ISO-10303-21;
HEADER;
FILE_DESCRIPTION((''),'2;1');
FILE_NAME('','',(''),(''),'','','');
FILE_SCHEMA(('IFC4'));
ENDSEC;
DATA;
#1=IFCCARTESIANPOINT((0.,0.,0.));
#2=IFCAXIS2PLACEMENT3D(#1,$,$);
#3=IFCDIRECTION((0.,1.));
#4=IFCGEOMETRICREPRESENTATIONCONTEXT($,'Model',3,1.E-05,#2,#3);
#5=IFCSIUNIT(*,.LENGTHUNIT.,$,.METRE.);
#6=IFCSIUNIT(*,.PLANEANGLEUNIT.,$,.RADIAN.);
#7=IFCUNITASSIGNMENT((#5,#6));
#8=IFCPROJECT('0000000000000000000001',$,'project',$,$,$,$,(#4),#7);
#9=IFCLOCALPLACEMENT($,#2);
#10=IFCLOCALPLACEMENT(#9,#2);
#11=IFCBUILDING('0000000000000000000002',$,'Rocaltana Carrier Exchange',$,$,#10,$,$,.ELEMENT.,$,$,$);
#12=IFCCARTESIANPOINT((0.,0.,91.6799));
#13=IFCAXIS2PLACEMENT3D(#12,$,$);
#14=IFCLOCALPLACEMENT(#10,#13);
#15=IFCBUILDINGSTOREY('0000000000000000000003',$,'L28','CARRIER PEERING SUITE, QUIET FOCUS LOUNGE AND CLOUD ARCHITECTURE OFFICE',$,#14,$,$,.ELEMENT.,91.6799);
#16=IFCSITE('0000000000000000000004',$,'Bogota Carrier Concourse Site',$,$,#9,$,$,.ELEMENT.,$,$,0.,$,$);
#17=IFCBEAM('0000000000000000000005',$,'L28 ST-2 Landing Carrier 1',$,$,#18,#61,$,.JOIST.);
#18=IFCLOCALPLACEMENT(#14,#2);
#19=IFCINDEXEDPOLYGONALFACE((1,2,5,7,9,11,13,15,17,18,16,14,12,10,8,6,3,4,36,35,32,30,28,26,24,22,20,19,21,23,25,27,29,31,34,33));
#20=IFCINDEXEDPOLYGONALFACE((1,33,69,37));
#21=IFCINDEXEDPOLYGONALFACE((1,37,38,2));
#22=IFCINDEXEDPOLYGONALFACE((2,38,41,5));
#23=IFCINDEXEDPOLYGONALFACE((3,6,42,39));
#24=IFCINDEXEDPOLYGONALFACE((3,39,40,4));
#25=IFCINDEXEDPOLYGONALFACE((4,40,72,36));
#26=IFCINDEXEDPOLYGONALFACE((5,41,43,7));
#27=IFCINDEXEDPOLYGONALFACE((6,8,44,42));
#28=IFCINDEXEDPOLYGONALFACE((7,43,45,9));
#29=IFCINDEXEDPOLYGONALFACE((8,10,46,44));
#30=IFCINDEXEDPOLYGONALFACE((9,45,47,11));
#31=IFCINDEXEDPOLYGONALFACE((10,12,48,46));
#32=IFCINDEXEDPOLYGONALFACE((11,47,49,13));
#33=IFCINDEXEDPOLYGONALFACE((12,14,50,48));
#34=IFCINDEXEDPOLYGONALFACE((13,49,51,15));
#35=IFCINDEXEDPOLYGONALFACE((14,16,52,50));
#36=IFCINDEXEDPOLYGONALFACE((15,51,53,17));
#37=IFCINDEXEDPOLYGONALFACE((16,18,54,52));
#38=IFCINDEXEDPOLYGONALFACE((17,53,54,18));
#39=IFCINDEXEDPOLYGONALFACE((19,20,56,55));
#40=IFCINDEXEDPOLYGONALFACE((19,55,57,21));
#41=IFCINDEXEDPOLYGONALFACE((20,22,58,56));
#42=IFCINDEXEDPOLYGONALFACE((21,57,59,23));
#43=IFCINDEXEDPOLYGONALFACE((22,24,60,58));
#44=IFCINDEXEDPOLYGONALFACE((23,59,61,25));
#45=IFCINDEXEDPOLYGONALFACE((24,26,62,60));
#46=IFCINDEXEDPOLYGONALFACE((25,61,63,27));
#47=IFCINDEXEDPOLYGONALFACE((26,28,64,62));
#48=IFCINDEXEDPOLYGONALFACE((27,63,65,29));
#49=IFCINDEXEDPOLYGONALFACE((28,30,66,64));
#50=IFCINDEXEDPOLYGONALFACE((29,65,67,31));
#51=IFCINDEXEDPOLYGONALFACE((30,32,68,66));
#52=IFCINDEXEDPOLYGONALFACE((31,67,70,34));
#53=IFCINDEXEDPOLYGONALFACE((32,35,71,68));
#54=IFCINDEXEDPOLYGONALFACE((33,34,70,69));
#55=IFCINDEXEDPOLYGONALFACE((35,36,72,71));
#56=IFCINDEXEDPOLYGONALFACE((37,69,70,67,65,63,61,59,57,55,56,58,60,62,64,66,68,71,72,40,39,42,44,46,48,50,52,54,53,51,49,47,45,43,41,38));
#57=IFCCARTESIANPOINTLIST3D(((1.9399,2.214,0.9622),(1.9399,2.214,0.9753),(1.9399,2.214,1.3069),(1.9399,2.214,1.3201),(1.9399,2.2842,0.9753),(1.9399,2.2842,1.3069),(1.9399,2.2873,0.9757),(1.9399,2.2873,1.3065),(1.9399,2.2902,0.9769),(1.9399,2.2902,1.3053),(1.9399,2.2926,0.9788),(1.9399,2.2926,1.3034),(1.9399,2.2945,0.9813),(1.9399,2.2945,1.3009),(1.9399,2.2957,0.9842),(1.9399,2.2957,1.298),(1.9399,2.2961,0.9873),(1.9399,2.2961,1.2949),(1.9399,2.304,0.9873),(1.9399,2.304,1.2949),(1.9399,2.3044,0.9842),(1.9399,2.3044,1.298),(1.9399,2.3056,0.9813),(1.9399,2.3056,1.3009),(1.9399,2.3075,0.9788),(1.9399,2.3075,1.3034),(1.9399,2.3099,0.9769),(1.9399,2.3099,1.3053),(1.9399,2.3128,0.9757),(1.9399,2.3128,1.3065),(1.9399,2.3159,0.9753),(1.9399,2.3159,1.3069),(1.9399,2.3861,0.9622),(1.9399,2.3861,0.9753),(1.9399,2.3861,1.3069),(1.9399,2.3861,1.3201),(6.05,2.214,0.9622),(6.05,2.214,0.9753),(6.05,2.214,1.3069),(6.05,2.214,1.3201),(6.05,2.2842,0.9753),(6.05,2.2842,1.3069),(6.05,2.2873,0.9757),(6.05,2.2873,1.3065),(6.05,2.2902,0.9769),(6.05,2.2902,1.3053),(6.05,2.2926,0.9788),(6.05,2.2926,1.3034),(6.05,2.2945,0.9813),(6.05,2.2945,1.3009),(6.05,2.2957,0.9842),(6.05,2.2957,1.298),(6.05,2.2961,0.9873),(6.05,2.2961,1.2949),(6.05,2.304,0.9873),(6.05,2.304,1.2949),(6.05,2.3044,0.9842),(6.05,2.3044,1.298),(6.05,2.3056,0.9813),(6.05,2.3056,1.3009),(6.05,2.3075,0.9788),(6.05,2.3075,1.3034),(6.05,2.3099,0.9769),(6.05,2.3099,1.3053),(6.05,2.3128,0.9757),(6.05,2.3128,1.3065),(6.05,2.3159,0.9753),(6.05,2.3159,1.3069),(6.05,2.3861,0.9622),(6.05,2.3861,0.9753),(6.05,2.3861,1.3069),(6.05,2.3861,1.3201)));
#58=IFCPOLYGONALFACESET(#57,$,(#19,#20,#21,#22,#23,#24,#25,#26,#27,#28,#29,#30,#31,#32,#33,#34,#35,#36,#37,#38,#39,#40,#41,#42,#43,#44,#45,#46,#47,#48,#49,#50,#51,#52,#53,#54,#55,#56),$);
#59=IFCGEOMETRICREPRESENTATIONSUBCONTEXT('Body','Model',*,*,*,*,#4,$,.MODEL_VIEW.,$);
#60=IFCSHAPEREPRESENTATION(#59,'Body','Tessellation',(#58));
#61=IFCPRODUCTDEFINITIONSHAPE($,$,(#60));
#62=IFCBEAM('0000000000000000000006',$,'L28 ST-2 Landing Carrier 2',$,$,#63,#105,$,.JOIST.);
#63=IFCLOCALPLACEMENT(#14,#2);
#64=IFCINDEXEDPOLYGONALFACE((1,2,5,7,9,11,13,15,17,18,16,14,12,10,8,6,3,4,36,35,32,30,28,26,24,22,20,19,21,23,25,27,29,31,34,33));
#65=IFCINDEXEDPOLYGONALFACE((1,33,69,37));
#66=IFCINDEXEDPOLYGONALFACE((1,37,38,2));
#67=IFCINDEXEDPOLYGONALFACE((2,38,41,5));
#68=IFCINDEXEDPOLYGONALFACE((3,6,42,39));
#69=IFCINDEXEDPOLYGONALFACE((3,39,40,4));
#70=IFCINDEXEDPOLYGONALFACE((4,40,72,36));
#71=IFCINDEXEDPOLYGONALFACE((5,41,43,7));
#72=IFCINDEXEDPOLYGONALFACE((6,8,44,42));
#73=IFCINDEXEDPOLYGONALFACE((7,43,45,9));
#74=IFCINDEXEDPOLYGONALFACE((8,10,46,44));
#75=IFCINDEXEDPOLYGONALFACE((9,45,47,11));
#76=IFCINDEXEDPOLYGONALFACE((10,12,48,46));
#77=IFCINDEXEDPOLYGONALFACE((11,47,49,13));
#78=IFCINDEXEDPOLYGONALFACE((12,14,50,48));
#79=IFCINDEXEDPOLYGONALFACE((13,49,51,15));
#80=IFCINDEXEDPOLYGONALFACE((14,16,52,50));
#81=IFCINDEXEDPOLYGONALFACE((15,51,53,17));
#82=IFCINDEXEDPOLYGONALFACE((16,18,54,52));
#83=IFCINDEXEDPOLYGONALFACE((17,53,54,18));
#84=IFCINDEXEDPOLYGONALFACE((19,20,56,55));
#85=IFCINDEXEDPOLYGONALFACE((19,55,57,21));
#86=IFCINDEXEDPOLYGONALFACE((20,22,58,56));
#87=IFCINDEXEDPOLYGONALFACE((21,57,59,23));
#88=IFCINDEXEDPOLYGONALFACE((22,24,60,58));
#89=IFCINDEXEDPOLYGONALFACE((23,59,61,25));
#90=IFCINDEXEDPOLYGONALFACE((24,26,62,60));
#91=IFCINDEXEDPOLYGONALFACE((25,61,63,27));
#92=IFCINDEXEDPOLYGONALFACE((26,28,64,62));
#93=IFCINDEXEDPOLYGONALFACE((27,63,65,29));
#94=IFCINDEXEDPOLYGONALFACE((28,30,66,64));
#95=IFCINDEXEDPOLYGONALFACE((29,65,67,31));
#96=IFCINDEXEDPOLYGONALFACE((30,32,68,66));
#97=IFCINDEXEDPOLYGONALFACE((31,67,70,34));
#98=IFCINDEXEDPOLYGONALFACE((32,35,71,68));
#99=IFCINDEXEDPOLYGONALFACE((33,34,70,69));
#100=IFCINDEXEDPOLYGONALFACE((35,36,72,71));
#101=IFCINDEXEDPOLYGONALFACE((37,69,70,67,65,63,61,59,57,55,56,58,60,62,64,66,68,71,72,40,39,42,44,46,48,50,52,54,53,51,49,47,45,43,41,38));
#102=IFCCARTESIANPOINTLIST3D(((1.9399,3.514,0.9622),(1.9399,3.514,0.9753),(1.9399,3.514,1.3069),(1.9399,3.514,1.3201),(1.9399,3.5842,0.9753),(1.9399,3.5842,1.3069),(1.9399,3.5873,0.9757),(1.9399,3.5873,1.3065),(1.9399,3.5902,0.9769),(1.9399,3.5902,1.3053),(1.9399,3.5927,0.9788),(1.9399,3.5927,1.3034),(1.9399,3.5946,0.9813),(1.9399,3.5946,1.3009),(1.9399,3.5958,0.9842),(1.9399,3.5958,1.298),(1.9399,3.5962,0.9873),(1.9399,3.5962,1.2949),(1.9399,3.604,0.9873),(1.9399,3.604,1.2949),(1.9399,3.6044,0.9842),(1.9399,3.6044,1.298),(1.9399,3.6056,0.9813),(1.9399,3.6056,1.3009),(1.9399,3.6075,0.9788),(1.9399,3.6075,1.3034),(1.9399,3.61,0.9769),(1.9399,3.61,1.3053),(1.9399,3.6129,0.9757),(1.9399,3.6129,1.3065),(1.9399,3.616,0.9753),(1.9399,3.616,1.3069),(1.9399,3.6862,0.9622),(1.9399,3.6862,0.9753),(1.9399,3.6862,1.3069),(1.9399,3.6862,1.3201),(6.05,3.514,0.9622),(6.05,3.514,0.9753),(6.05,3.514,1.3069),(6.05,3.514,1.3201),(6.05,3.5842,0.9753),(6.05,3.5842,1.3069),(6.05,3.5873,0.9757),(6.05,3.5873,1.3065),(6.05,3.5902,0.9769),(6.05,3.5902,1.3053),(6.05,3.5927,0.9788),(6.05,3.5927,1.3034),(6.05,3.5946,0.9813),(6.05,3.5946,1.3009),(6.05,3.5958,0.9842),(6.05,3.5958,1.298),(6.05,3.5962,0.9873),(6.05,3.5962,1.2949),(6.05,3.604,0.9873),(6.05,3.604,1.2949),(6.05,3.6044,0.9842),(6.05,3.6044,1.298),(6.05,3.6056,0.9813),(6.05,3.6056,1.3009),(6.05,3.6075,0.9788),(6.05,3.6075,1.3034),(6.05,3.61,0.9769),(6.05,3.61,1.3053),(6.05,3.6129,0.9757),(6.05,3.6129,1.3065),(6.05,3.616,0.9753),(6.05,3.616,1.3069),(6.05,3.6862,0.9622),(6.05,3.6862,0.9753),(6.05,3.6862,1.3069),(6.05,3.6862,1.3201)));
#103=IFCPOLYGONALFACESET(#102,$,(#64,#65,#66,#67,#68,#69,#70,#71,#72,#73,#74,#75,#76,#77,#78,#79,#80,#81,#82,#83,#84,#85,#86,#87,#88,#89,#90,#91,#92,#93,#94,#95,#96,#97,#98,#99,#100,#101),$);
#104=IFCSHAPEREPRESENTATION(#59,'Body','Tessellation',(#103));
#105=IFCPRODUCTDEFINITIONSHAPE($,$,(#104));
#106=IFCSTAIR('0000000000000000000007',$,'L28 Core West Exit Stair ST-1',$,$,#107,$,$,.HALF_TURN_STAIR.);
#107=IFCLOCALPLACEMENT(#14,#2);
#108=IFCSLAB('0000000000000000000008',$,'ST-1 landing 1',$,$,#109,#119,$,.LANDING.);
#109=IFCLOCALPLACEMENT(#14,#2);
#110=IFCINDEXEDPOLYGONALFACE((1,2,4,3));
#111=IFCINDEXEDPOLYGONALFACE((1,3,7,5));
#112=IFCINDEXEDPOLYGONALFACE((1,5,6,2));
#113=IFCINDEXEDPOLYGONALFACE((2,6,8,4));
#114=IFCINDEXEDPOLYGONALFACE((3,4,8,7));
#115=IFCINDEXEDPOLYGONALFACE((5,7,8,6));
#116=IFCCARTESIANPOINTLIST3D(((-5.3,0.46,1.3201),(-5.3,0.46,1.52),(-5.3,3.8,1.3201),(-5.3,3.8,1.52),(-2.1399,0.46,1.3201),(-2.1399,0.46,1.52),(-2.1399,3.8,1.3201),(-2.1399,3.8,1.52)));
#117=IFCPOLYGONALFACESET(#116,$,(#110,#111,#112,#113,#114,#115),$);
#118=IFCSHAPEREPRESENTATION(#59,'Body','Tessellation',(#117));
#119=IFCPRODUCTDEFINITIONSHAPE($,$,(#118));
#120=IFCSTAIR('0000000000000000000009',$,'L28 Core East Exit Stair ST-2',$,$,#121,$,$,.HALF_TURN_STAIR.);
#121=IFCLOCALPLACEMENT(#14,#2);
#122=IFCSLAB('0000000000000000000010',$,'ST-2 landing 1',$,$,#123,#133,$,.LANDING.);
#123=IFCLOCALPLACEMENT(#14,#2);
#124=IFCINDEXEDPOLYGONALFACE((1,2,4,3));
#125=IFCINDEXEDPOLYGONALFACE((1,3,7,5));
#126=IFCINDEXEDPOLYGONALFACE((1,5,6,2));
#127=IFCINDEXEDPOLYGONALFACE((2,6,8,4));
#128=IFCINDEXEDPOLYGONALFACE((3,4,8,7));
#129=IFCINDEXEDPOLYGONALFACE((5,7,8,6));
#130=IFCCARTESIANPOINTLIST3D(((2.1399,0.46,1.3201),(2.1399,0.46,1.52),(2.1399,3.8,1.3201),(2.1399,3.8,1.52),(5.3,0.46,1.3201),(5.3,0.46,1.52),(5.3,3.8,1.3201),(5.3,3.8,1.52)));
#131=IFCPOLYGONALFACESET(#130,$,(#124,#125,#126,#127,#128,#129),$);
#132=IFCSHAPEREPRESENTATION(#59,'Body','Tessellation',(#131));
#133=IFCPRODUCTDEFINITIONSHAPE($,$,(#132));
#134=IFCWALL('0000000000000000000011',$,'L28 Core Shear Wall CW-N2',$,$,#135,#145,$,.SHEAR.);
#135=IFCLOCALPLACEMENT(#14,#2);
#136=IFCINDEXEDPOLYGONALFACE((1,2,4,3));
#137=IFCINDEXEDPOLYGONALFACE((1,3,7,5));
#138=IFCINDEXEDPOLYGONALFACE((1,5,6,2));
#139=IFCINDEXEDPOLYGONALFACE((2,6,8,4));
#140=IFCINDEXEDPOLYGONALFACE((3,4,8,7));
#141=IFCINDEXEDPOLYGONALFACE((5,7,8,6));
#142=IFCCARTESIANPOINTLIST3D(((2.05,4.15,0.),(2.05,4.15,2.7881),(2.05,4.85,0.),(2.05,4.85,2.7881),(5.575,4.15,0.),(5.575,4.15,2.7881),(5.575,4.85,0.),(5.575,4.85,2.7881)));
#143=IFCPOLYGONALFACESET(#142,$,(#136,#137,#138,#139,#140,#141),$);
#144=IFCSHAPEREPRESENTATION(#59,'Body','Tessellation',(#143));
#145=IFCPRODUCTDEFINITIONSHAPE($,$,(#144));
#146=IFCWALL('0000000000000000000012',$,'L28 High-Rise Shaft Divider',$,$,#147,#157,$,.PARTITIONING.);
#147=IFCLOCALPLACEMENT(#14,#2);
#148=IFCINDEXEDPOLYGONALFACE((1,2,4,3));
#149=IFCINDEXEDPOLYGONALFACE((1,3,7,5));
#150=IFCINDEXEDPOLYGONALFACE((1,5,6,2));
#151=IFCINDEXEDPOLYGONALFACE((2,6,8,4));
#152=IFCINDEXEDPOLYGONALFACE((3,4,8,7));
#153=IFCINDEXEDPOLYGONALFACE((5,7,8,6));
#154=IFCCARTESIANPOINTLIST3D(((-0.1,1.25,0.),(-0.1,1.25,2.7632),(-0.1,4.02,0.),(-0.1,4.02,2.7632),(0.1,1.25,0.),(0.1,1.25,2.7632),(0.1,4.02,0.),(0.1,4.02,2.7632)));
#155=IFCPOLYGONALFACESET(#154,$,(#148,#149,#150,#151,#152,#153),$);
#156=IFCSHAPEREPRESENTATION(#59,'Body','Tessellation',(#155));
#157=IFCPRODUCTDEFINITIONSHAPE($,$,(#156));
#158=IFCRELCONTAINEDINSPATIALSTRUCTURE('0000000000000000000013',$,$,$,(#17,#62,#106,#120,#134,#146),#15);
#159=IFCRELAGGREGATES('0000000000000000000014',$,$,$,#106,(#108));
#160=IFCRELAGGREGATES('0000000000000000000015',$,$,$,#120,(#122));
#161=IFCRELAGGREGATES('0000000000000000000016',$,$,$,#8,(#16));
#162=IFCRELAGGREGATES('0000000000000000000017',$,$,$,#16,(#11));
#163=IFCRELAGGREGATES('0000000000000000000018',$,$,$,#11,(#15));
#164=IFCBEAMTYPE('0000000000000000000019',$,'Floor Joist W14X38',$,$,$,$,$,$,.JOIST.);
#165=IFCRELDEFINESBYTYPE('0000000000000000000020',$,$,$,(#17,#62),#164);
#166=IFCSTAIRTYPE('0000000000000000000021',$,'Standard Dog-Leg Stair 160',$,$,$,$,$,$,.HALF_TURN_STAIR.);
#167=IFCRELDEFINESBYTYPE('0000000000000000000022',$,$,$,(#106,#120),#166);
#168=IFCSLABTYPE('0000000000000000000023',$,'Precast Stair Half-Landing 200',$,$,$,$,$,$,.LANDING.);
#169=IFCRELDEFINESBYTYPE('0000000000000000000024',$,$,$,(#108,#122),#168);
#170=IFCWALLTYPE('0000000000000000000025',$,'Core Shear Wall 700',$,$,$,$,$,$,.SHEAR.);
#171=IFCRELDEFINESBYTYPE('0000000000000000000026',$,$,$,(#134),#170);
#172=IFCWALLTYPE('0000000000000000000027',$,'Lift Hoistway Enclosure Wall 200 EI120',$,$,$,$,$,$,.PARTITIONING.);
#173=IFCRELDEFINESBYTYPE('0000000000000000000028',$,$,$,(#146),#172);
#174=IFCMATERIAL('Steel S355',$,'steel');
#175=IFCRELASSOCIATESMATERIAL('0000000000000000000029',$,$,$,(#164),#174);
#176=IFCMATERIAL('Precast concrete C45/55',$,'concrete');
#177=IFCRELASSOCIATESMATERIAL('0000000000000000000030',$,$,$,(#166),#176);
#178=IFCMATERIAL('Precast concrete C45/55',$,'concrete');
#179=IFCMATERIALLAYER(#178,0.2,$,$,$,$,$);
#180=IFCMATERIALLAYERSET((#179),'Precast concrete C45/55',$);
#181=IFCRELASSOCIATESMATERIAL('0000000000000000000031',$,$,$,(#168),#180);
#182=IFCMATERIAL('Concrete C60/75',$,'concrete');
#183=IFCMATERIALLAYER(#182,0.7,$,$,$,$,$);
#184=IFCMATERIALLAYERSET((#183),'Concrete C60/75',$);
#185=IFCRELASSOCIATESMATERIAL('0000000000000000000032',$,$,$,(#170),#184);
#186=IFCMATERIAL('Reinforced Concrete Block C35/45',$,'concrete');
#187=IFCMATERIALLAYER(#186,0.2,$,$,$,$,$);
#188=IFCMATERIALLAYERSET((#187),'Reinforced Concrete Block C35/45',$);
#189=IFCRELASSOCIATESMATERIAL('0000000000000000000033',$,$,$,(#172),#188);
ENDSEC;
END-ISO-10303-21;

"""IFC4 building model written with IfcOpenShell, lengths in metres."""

from ifc_helpers import new_model, si_unit, direction, frame, frame_2d, origin, origin_2d, place, context, subcontext, project, spatial, polyline, rectangle, i_section, outline, extrude, material, layer, layer_set, material_profile, profile_set, type_object, element, aggregate, save


model = new_model("IFC4")

# Units and contexts
model_context = context("Model", 3, precision=1e-05, world=origin(), true_north=direction((0.0, 1.0)))
body_context = subcontext(model_context, "Body", "Model", "MODEL_VIEW")
ifc_project = project(units=[si_unit("LENGTHUNIT", "METRE"), si_unit("PLANEANGLEUNIT", "RADIAN")], contexts=[model_context])

# Site, building, storey
site_placement = place(None, origin())
site = spatial("IfcSite", under=ifc_project, at=site_placement, Name="Bogota Carrier Concourse Site", CompositionType="ELEMENT", RefElevation=0.0)
building_placement = place(site_placement, origin())
building = spatial("IfcBuilding", under=site, at=building_placement, Name="Rocaltana Carrier Exchange", CompositionType="ELEMENT")
storey_placement = place(building_placement, frame((0.0, 0.0, 91.6799)))
storey = spatial("IfcBuildingStorey", under=building, at=storey_placement, Name="L28", Description="CARRIER PEERING SUITE, QUIET FOCUS LOUNGE AND CLOUD ARCHITECTURE OFFICE", CompositionType="ELEMENT", Elevation=91.6799)

# Beams
ifc_material_1 = material(Name="Steel S355", Category="steel")
ifc_material_profile = material_profile(ifc_material_1, i_section(OverallWidth=0.1721, OverallDepth=0.3579, WebThickness=0.0078, FlangeThickness=0.0132, FilletRadius=0.012, at=origin_2d()), Name="W14X38")
ifc_profile_set = profile_set([ifc_material_profile], Name="Steel S355")
beam_type = type_object("IfcBeamType", Name="Floor Joist W14X38", PredefinedType="JOIST", material=ifc_profile_set)
for number, where, z_axis, x_axis, name in (
    (1, (1.9399, 2.3, 1.1411), (1.0, 0.0, 0.0), (0.0, 1.0, 0.0), "L28 ST-2 Landing Carrier 1"),
    (2, (1.9399, 3.6001, 1.1411), (1.0, 0.0, 0.0), (0.0, 1.0, 0.0), "L28 ST-2 Landing Carrier 2"),
):
    element("IfcBeam", number, at=place(storey_placement, frame(where, z_axis=z_axis, x_axis=x_axis)), inside=storey, type_object=beam_type, Name=name, PredefinedType="JOIST", context=body_context, shape_type="SweptSolid", body=[
        extrude(i_section(OverallWidth=0.1721, OverallDepth=0.3579, WebThickness=0.0078, FlangeThickness=0.0132, FilletRadius=0.012, at=origin_2d()), origin(), (0.0, 0.0, 1.0), 4.1101),
    ])

# Stairs, slabs
ifc_material_2 = material(Name="Precast concrete C45/55", Category="concrete")
stair_type = type_object("IfcStairType", Name="Standard Dog-Leg Stair 160", PredefinedType="HALF_TURN_STAIR", material=ifc_material_2)
stair_1_placement = place(storey_placement, origin())
stair_1 = element("IfcStair", 3, at=stair_1_placement, inside=storey, type_object=stair_type, Name="L28 Core West Exit Stair ST-1", PredefinedType="HALF_TURN_STAIR")
ifc_material_3 = material(Name="Precast concrete C45/55", Category="concrete")
ifc_layer_1 = layer(ifc_material_3, 0.2)
ifc_layer_set_1 = layer_set([ifc_layer_1], Name="Precast concrete C45/55")
slab_type = type_object("IfcSlabType", Name="Precast Stair Half-Landing 200", PredefinedType="LANDING", material=ifc_layer_set_1)
slab_1_placement = place(storey_placement, frame((0.0, 0.0, 1.3201)))
slab_1 = element("IfcSlab", 4, at=slab_1_placement, type_object=slab_type, Name="ST-1 landing 1", PredefinedType="LANDING", context=body_context, shape_type="SweptSolid", body=[
    extrude(outline(polyline([(-2.1399, 0.46), (-2.1399, 3.8), (-5.3, 3.8), (-5.3, 0.46), (-2.1399, 0.46)])), origin(), (0.0, 0.0, 1.0), 0.2),
])
aggregate(stair_1, [slab_1])
stair_2_placement = place(storey_placement, origin())
stair_2 = element("IfcStair", 5, at=stair_2_placement, inside=storey, type_object=stair_type, Name="L28 Core East Exit Stair ST-2", PredefinedType="HALF_TURN_STAIR")
slab_2_placement = place(storey_placement, frame((0.0, 0.0, 1.3201)))
slab_2 = element("IfcSlab", 6, at=slab_2_placement, type_object=slab_type, Name="ST-2 landing 1", PredefinedType="LANDING", context=body_context, shape_type="SweptSolid", body=[
    extrude(outline(polyline([(5.3, 0.46), (5.3, 3.8), (2.1399, 3.8), (2.1399, 0.46), (5.3, 0.46)])), origin(), (0.0, 0.0, 1.0), 0.2),
])
aggregate(stair_2, [slab_2])

# Walls
ifc_material_4 = material(Name="Concrete C60/75", Category="concrete")
ifc_layer_2 = layer(ifc_material_4, 0.7)
ifc_layer_set_2 = layer_set([ifc_layer_2], Name="Concrete C60/75")
wall_type_1 = type_object("IfcWallType", Name="Core Shear Wall 700", PredefinedType="SHEAR", material=ifc_layer_set_2)
wall_1_placement = place(storey_placement, frame((2.05, 4.5, 0.0), z_axis=(0.0, 0.0, 1.0), x_axis=(1.0, 0.0, 0.0)))
element("IfcWall", 7, at=wall_1_placement, inside=storey, type_object=wall_type_1, Name="L28 Core Shear Wall CW-N2", PredefinedType="SHEAR", context=body_context, shape_type="SweptSolid", body=[
    extrude(rectangle(XDim=3.5249, YDim=0.7, at=frame_2d((1.7625, 0.0))), origin(), (0.0, 0.0, 1.0), 2.7881),
])
ifc_material_5 = material(Name="Reinforced Concrete Block C35/45", Category="concrete")
ifc_layer_3 = layer(ifc_material_5, 0.2)
ifc_layer_set_3 = layer_set([ifc_layer_3], Name="Reinforced Concrete Block C35/45")
wall_type_2 = type_object("IfcWallType", Name="Lift Hoistway Enclosure Wall 200 EI120", PredefinedType="PARTITIONING", material=ifc_layer_set_3)
wall_2_placement = place(storey_placement, frame((0.0, 1.25, 0.0), z_axis=(0.0, 0.0, 1.0), x_axis=(0.0, 1.0, 0.0)))
element("IfcWall", 8, at=wall_2_placement, inside=storey, type_object=wall_type_2, Name="L28 High-Rise Shaft Divider", PredefinedType="PARTITIONING", context=body_context, shape_type="SweptSolid", body=[
    extrude(rectangle(XDim=2.77, YDim=0.2, at=frame_2d((1.385, 0.0))), origin(), (0.0, 0.0, 1.0), 2.7632),
])

save(model, "model.ifc")
